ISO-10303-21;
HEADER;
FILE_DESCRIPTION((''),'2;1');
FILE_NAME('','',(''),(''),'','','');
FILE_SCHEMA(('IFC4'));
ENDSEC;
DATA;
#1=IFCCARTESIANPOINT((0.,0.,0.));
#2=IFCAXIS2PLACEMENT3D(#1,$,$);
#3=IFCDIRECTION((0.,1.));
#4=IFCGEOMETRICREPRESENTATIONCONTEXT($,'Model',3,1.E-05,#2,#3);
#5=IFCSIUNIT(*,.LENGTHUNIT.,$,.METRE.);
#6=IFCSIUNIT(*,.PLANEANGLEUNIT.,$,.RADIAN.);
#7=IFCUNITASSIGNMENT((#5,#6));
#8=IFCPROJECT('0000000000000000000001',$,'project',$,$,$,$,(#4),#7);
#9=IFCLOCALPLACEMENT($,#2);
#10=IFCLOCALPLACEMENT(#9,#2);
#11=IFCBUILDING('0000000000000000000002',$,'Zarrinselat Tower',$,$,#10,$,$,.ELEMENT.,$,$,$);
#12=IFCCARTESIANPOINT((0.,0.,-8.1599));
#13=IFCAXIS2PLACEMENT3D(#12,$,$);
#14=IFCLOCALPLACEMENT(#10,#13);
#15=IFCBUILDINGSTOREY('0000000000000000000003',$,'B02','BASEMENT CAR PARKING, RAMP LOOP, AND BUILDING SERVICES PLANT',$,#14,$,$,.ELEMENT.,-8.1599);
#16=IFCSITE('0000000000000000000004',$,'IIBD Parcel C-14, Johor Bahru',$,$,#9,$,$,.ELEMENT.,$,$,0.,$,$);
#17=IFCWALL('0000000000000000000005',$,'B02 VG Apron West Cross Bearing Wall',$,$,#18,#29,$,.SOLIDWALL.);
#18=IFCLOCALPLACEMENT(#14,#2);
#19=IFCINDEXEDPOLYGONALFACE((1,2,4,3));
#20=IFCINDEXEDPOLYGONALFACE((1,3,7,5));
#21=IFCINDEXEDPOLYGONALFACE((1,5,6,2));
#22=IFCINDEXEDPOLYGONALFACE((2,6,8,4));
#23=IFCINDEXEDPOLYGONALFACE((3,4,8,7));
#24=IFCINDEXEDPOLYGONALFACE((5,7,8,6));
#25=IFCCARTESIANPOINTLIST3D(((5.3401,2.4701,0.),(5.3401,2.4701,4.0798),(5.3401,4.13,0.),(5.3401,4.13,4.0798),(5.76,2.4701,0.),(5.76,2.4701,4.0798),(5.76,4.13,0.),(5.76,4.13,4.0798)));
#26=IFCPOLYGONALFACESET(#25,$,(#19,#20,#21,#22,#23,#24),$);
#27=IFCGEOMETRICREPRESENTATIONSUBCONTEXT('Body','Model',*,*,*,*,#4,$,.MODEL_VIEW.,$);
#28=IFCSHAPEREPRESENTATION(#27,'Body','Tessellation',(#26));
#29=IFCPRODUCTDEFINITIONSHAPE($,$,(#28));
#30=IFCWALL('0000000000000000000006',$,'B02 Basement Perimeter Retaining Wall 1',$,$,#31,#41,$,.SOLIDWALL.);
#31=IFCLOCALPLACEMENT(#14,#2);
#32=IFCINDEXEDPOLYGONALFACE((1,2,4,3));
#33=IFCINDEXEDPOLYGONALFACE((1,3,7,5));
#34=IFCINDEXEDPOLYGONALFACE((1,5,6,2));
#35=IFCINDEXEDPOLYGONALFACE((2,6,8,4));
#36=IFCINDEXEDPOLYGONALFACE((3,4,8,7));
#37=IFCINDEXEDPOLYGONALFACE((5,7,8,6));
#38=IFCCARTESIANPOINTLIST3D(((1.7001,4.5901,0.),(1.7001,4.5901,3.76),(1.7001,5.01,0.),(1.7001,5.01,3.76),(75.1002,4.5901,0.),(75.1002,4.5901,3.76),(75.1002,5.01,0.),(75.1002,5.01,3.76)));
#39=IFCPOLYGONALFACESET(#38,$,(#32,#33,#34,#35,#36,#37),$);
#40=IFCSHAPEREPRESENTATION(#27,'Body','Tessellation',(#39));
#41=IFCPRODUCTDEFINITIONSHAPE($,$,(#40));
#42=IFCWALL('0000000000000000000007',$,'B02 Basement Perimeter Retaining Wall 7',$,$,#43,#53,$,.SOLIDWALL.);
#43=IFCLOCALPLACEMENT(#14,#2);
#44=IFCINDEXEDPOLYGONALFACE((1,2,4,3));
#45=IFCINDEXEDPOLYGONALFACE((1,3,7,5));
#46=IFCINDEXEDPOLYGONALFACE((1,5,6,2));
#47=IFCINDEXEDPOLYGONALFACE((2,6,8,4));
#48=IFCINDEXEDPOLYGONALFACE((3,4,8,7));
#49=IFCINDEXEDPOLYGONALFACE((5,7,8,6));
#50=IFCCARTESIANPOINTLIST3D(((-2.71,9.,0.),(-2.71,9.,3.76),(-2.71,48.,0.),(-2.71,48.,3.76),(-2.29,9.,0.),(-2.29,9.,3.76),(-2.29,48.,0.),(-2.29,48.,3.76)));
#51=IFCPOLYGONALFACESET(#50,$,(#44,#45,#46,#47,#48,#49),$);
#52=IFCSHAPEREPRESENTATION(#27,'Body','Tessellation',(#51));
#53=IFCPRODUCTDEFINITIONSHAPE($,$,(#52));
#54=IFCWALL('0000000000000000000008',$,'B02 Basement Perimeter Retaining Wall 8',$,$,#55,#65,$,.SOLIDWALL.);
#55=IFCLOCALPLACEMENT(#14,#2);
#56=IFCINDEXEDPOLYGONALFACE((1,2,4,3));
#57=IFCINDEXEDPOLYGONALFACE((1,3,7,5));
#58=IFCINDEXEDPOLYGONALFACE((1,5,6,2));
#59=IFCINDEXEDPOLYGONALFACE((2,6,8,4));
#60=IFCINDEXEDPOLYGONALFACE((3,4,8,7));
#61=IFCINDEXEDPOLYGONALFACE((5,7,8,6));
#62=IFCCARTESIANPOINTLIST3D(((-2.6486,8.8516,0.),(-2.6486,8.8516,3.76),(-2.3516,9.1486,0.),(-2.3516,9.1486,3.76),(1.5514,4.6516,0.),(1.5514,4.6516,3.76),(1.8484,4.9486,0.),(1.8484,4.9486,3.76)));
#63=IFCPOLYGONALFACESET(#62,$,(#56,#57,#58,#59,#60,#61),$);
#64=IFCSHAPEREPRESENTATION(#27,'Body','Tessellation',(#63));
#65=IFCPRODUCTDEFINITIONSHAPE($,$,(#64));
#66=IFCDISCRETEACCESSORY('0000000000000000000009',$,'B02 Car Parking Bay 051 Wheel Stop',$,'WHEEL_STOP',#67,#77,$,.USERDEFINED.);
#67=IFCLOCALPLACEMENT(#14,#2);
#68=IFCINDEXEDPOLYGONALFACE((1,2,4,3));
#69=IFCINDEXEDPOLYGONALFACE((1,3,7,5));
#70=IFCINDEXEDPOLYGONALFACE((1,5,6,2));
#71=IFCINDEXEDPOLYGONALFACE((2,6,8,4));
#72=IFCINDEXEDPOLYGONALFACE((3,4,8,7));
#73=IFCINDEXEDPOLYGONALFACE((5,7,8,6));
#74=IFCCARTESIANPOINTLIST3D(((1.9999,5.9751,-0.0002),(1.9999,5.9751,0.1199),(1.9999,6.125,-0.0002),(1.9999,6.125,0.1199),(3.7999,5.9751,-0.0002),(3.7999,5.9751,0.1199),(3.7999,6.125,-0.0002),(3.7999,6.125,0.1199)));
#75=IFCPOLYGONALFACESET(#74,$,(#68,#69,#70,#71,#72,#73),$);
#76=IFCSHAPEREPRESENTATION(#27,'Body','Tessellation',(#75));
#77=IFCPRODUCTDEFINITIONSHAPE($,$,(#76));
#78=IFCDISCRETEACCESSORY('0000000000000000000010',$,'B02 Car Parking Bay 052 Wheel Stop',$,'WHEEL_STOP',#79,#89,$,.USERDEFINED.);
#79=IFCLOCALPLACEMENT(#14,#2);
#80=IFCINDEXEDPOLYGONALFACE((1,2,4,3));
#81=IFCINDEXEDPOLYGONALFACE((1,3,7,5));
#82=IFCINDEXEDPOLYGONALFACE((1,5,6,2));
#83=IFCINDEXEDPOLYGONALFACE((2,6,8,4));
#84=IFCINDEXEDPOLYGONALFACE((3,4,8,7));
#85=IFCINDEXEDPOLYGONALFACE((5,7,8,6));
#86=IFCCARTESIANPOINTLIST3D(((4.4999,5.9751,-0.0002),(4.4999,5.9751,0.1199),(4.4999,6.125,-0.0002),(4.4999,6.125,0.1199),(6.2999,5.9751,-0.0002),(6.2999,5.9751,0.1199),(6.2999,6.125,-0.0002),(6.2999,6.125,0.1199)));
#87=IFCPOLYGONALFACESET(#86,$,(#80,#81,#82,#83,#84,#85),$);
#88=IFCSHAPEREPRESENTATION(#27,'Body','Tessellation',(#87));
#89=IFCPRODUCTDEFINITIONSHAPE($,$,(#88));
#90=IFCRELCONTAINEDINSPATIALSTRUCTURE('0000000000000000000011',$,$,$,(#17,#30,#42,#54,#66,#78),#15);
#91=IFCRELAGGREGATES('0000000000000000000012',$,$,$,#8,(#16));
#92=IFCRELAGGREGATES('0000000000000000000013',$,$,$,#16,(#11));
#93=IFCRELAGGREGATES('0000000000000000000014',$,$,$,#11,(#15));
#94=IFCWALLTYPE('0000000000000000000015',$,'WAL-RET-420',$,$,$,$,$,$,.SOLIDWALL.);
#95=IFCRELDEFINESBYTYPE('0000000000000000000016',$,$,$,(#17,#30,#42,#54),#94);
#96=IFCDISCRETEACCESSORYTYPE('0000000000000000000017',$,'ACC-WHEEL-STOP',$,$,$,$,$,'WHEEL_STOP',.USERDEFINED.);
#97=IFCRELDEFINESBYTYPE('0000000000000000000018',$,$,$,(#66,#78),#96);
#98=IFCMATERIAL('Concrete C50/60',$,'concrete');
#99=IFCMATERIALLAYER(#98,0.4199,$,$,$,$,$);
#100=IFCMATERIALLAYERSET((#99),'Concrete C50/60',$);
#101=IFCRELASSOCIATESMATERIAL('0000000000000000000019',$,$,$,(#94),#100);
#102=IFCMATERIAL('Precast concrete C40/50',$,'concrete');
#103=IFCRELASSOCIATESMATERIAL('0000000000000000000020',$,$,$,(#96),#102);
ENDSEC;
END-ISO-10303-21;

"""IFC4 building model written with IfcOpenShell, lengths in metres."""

from ifc_helpers import new_model, si_unit, direction, frame, frame_2d, origin, origin_2d, place, context, subcontext, project, spatial, rectangle, extrude, material, layer, layer_set, type_object, element, save


model = new_model("IFC4")

# Units and contexts
model_context = context("Model", 3, precision=1e-05, world=origin(), true_north=direction((0.0, 1.0)))
body_context = subcontext(model_context, "Body", "Model", "MODEL_VIEW")
ifc_project = project(units=[si_unit("LENGTHUNIT", "METRE"), si_unit("PLANEANGLEUNIT", "RADIAN")], contexts=[model_context])

# Site, building, storey
site_placement = place(None, origin())
site = spatial("IfcSite", under=ifc_project, at=site_placement, Name="IIBD Parcel C-14, Johor Bahru", CompositionType="ELEMENT", RefElevation=0.0)
building_placement = place(site_placement, origin())
building = spatial("IfcBuilding", under=site, at=building_placement, Name="Zarrinselat Tower", CompositionType="ELEMENT")
storey_placement = place(building_placement, frame((0.0, 0.0, -8.1599)))
storey = spatial("IfcBuildingStorey", under=building, at=storey_placement, Name="B02", Description="BASEMENT CAR PARKING, RAMP LOOP, AND BUILDING SERVICES PLANT", CompositionType="ELEMENT", Elevation=-8.1599)

# Walls
ifc_material_1 = material(Name="Concrete C50/60", Category="concrete")
ifc_layer_1 = layer(ifc_material_1, 0.4199)
ifc_layer_set_1 = layer_set([ifc_layer_1], Name="Concrete C50/60")
wall_type_1 = type_object("IfcWallType", Name="WAL-RET-420", PredefinedType="SOLIDWALL", material=ifc_layer_set_1)
wall_1_placement = place(storey_placement, frame((5.55, 2.47, 0.0), z_axis=(0.0, 0.0, 1.0), x_axis=(0.0, 1.0, 0.0)))
element("IfcWall", 1, at=wall_1_placement, inside=storey, type_object=wall_type_1, Name="B02 VG Apron West Cross Bearing Wall", PredefinedType="SOLIDWALL", context=body_context, shape_type="SweptSolid", body=[
    extrude(rectangle(XDim=1.6599, YDim=0.4199, at=frame_2d((0.8301, 0.0))), origin(), (0.0, 0.0, 1.0), 4.0798),
])
wall_2_placement = place(storey_placement, frame((1.7, 4.8, 0.0), z_axis=(0.0, 0.0, 1.0), x_axis=(1.0, 0.0, 0.0)))
element("IfcWall", 2, at=wall_2_placement, inside=storey, type_object=wall_type_1, Name="B02 Basement Perimeter Retaining Wall 1", PredefinedType="SOLIDWALL", context=body_context, shape_type="SweptSolid", body=[
    extrude(rectangle(XDim=73.4001, YDim=0.4199, at=frame_2d((36.7002, 0.0))), origin(), (0.0, 0.0, 1.0), 3.76),
])
wall_3_placement = place(storey_placement, frame((-2.5, 9.0, 0.0), z_axis=(0.0, 0.0, 1.0), x_axis=(0.0, 1.0, 0.0)))
element("IfcWall", 3, at=wall_3_placement, inside=storey, type_object=wall_type_1, Name="B02 Basement Perimeter Retaining Wall 7", PredefinedType="SOLIDWALL", context=body_context, shape_type="SweptSolid", body=[
    extrude(rectangle(XDim=39.0, YDim=0.4199, at=frame_2d((19.5, 0.0))), origin(), (0.0, 0.0, 1.0), 3.76),
])
wall_4_placement = place(storey_placement, frame((-2.5, 9.0, 0.0), z_axis=(0.0, 0.0, 1.0), x_axis=(0.707107, -0.707107, 0.0)))
element("IfcWall", 4, at=wall_4_placement, inside=storey, type_object=wall_type_1, Name="B02 Basement Perimeter Retaining Wall 8", PredefinedType="SOLIDWALL", context=body_context, shape_type="SweptSolid", body=[
    extrude(rectangle(XDim=5.9397, YDim=0.4199, at=frame_2d((2.9697, 0.0))), origin(), (0.0, 0.0, 1.0), 3.76),
])

# Discrete accessories
ifc_material_2 = material(Name="Precast concrete C40/50", Category="concrete")
discrete_accessory_type = type_object("IfcDiscreteAccessoryType", Name="ACC-WHEEL-STOP", ElementType="WHEEL_STOP", PredefinedType="USERDEFINED", material=ifc_material_2)
for number, where, z_axis, x_axis, name in (
    (5, (2.8999, 6.05, -0.0002), (0.0, 0.0, 1.0), (1.0, 0.0, 0.0), "B02 Car Parking Bay 051 Wheel Stop"),
    (6, (5.3999, 6.05, -0.0002), (0.0, 0.0, 1.0), (1.0, 0.0, 0.0), "B02 Car Parking Bay 052 Wheel Stop"),
):
    element("IfcDiscreteAccessory", number, at=place(storey_placement, frame(where, z_axis=z_axis, x_axis=x_axis)), inside=storey, type_object=discrete_accessory_type, Name=name, ObjectType="WHEEL_STOP", PredefinedType="USERDEFINED", context=body_context, shape_type="SweptSolid", body=[
        extrude(rectangle(XDim=1.8, YDim=0.1499, at=origin_2d()), origin(), (0.0, 0.0, 1.0), 0.1201),
    ])

save(model, "model.ifc")
